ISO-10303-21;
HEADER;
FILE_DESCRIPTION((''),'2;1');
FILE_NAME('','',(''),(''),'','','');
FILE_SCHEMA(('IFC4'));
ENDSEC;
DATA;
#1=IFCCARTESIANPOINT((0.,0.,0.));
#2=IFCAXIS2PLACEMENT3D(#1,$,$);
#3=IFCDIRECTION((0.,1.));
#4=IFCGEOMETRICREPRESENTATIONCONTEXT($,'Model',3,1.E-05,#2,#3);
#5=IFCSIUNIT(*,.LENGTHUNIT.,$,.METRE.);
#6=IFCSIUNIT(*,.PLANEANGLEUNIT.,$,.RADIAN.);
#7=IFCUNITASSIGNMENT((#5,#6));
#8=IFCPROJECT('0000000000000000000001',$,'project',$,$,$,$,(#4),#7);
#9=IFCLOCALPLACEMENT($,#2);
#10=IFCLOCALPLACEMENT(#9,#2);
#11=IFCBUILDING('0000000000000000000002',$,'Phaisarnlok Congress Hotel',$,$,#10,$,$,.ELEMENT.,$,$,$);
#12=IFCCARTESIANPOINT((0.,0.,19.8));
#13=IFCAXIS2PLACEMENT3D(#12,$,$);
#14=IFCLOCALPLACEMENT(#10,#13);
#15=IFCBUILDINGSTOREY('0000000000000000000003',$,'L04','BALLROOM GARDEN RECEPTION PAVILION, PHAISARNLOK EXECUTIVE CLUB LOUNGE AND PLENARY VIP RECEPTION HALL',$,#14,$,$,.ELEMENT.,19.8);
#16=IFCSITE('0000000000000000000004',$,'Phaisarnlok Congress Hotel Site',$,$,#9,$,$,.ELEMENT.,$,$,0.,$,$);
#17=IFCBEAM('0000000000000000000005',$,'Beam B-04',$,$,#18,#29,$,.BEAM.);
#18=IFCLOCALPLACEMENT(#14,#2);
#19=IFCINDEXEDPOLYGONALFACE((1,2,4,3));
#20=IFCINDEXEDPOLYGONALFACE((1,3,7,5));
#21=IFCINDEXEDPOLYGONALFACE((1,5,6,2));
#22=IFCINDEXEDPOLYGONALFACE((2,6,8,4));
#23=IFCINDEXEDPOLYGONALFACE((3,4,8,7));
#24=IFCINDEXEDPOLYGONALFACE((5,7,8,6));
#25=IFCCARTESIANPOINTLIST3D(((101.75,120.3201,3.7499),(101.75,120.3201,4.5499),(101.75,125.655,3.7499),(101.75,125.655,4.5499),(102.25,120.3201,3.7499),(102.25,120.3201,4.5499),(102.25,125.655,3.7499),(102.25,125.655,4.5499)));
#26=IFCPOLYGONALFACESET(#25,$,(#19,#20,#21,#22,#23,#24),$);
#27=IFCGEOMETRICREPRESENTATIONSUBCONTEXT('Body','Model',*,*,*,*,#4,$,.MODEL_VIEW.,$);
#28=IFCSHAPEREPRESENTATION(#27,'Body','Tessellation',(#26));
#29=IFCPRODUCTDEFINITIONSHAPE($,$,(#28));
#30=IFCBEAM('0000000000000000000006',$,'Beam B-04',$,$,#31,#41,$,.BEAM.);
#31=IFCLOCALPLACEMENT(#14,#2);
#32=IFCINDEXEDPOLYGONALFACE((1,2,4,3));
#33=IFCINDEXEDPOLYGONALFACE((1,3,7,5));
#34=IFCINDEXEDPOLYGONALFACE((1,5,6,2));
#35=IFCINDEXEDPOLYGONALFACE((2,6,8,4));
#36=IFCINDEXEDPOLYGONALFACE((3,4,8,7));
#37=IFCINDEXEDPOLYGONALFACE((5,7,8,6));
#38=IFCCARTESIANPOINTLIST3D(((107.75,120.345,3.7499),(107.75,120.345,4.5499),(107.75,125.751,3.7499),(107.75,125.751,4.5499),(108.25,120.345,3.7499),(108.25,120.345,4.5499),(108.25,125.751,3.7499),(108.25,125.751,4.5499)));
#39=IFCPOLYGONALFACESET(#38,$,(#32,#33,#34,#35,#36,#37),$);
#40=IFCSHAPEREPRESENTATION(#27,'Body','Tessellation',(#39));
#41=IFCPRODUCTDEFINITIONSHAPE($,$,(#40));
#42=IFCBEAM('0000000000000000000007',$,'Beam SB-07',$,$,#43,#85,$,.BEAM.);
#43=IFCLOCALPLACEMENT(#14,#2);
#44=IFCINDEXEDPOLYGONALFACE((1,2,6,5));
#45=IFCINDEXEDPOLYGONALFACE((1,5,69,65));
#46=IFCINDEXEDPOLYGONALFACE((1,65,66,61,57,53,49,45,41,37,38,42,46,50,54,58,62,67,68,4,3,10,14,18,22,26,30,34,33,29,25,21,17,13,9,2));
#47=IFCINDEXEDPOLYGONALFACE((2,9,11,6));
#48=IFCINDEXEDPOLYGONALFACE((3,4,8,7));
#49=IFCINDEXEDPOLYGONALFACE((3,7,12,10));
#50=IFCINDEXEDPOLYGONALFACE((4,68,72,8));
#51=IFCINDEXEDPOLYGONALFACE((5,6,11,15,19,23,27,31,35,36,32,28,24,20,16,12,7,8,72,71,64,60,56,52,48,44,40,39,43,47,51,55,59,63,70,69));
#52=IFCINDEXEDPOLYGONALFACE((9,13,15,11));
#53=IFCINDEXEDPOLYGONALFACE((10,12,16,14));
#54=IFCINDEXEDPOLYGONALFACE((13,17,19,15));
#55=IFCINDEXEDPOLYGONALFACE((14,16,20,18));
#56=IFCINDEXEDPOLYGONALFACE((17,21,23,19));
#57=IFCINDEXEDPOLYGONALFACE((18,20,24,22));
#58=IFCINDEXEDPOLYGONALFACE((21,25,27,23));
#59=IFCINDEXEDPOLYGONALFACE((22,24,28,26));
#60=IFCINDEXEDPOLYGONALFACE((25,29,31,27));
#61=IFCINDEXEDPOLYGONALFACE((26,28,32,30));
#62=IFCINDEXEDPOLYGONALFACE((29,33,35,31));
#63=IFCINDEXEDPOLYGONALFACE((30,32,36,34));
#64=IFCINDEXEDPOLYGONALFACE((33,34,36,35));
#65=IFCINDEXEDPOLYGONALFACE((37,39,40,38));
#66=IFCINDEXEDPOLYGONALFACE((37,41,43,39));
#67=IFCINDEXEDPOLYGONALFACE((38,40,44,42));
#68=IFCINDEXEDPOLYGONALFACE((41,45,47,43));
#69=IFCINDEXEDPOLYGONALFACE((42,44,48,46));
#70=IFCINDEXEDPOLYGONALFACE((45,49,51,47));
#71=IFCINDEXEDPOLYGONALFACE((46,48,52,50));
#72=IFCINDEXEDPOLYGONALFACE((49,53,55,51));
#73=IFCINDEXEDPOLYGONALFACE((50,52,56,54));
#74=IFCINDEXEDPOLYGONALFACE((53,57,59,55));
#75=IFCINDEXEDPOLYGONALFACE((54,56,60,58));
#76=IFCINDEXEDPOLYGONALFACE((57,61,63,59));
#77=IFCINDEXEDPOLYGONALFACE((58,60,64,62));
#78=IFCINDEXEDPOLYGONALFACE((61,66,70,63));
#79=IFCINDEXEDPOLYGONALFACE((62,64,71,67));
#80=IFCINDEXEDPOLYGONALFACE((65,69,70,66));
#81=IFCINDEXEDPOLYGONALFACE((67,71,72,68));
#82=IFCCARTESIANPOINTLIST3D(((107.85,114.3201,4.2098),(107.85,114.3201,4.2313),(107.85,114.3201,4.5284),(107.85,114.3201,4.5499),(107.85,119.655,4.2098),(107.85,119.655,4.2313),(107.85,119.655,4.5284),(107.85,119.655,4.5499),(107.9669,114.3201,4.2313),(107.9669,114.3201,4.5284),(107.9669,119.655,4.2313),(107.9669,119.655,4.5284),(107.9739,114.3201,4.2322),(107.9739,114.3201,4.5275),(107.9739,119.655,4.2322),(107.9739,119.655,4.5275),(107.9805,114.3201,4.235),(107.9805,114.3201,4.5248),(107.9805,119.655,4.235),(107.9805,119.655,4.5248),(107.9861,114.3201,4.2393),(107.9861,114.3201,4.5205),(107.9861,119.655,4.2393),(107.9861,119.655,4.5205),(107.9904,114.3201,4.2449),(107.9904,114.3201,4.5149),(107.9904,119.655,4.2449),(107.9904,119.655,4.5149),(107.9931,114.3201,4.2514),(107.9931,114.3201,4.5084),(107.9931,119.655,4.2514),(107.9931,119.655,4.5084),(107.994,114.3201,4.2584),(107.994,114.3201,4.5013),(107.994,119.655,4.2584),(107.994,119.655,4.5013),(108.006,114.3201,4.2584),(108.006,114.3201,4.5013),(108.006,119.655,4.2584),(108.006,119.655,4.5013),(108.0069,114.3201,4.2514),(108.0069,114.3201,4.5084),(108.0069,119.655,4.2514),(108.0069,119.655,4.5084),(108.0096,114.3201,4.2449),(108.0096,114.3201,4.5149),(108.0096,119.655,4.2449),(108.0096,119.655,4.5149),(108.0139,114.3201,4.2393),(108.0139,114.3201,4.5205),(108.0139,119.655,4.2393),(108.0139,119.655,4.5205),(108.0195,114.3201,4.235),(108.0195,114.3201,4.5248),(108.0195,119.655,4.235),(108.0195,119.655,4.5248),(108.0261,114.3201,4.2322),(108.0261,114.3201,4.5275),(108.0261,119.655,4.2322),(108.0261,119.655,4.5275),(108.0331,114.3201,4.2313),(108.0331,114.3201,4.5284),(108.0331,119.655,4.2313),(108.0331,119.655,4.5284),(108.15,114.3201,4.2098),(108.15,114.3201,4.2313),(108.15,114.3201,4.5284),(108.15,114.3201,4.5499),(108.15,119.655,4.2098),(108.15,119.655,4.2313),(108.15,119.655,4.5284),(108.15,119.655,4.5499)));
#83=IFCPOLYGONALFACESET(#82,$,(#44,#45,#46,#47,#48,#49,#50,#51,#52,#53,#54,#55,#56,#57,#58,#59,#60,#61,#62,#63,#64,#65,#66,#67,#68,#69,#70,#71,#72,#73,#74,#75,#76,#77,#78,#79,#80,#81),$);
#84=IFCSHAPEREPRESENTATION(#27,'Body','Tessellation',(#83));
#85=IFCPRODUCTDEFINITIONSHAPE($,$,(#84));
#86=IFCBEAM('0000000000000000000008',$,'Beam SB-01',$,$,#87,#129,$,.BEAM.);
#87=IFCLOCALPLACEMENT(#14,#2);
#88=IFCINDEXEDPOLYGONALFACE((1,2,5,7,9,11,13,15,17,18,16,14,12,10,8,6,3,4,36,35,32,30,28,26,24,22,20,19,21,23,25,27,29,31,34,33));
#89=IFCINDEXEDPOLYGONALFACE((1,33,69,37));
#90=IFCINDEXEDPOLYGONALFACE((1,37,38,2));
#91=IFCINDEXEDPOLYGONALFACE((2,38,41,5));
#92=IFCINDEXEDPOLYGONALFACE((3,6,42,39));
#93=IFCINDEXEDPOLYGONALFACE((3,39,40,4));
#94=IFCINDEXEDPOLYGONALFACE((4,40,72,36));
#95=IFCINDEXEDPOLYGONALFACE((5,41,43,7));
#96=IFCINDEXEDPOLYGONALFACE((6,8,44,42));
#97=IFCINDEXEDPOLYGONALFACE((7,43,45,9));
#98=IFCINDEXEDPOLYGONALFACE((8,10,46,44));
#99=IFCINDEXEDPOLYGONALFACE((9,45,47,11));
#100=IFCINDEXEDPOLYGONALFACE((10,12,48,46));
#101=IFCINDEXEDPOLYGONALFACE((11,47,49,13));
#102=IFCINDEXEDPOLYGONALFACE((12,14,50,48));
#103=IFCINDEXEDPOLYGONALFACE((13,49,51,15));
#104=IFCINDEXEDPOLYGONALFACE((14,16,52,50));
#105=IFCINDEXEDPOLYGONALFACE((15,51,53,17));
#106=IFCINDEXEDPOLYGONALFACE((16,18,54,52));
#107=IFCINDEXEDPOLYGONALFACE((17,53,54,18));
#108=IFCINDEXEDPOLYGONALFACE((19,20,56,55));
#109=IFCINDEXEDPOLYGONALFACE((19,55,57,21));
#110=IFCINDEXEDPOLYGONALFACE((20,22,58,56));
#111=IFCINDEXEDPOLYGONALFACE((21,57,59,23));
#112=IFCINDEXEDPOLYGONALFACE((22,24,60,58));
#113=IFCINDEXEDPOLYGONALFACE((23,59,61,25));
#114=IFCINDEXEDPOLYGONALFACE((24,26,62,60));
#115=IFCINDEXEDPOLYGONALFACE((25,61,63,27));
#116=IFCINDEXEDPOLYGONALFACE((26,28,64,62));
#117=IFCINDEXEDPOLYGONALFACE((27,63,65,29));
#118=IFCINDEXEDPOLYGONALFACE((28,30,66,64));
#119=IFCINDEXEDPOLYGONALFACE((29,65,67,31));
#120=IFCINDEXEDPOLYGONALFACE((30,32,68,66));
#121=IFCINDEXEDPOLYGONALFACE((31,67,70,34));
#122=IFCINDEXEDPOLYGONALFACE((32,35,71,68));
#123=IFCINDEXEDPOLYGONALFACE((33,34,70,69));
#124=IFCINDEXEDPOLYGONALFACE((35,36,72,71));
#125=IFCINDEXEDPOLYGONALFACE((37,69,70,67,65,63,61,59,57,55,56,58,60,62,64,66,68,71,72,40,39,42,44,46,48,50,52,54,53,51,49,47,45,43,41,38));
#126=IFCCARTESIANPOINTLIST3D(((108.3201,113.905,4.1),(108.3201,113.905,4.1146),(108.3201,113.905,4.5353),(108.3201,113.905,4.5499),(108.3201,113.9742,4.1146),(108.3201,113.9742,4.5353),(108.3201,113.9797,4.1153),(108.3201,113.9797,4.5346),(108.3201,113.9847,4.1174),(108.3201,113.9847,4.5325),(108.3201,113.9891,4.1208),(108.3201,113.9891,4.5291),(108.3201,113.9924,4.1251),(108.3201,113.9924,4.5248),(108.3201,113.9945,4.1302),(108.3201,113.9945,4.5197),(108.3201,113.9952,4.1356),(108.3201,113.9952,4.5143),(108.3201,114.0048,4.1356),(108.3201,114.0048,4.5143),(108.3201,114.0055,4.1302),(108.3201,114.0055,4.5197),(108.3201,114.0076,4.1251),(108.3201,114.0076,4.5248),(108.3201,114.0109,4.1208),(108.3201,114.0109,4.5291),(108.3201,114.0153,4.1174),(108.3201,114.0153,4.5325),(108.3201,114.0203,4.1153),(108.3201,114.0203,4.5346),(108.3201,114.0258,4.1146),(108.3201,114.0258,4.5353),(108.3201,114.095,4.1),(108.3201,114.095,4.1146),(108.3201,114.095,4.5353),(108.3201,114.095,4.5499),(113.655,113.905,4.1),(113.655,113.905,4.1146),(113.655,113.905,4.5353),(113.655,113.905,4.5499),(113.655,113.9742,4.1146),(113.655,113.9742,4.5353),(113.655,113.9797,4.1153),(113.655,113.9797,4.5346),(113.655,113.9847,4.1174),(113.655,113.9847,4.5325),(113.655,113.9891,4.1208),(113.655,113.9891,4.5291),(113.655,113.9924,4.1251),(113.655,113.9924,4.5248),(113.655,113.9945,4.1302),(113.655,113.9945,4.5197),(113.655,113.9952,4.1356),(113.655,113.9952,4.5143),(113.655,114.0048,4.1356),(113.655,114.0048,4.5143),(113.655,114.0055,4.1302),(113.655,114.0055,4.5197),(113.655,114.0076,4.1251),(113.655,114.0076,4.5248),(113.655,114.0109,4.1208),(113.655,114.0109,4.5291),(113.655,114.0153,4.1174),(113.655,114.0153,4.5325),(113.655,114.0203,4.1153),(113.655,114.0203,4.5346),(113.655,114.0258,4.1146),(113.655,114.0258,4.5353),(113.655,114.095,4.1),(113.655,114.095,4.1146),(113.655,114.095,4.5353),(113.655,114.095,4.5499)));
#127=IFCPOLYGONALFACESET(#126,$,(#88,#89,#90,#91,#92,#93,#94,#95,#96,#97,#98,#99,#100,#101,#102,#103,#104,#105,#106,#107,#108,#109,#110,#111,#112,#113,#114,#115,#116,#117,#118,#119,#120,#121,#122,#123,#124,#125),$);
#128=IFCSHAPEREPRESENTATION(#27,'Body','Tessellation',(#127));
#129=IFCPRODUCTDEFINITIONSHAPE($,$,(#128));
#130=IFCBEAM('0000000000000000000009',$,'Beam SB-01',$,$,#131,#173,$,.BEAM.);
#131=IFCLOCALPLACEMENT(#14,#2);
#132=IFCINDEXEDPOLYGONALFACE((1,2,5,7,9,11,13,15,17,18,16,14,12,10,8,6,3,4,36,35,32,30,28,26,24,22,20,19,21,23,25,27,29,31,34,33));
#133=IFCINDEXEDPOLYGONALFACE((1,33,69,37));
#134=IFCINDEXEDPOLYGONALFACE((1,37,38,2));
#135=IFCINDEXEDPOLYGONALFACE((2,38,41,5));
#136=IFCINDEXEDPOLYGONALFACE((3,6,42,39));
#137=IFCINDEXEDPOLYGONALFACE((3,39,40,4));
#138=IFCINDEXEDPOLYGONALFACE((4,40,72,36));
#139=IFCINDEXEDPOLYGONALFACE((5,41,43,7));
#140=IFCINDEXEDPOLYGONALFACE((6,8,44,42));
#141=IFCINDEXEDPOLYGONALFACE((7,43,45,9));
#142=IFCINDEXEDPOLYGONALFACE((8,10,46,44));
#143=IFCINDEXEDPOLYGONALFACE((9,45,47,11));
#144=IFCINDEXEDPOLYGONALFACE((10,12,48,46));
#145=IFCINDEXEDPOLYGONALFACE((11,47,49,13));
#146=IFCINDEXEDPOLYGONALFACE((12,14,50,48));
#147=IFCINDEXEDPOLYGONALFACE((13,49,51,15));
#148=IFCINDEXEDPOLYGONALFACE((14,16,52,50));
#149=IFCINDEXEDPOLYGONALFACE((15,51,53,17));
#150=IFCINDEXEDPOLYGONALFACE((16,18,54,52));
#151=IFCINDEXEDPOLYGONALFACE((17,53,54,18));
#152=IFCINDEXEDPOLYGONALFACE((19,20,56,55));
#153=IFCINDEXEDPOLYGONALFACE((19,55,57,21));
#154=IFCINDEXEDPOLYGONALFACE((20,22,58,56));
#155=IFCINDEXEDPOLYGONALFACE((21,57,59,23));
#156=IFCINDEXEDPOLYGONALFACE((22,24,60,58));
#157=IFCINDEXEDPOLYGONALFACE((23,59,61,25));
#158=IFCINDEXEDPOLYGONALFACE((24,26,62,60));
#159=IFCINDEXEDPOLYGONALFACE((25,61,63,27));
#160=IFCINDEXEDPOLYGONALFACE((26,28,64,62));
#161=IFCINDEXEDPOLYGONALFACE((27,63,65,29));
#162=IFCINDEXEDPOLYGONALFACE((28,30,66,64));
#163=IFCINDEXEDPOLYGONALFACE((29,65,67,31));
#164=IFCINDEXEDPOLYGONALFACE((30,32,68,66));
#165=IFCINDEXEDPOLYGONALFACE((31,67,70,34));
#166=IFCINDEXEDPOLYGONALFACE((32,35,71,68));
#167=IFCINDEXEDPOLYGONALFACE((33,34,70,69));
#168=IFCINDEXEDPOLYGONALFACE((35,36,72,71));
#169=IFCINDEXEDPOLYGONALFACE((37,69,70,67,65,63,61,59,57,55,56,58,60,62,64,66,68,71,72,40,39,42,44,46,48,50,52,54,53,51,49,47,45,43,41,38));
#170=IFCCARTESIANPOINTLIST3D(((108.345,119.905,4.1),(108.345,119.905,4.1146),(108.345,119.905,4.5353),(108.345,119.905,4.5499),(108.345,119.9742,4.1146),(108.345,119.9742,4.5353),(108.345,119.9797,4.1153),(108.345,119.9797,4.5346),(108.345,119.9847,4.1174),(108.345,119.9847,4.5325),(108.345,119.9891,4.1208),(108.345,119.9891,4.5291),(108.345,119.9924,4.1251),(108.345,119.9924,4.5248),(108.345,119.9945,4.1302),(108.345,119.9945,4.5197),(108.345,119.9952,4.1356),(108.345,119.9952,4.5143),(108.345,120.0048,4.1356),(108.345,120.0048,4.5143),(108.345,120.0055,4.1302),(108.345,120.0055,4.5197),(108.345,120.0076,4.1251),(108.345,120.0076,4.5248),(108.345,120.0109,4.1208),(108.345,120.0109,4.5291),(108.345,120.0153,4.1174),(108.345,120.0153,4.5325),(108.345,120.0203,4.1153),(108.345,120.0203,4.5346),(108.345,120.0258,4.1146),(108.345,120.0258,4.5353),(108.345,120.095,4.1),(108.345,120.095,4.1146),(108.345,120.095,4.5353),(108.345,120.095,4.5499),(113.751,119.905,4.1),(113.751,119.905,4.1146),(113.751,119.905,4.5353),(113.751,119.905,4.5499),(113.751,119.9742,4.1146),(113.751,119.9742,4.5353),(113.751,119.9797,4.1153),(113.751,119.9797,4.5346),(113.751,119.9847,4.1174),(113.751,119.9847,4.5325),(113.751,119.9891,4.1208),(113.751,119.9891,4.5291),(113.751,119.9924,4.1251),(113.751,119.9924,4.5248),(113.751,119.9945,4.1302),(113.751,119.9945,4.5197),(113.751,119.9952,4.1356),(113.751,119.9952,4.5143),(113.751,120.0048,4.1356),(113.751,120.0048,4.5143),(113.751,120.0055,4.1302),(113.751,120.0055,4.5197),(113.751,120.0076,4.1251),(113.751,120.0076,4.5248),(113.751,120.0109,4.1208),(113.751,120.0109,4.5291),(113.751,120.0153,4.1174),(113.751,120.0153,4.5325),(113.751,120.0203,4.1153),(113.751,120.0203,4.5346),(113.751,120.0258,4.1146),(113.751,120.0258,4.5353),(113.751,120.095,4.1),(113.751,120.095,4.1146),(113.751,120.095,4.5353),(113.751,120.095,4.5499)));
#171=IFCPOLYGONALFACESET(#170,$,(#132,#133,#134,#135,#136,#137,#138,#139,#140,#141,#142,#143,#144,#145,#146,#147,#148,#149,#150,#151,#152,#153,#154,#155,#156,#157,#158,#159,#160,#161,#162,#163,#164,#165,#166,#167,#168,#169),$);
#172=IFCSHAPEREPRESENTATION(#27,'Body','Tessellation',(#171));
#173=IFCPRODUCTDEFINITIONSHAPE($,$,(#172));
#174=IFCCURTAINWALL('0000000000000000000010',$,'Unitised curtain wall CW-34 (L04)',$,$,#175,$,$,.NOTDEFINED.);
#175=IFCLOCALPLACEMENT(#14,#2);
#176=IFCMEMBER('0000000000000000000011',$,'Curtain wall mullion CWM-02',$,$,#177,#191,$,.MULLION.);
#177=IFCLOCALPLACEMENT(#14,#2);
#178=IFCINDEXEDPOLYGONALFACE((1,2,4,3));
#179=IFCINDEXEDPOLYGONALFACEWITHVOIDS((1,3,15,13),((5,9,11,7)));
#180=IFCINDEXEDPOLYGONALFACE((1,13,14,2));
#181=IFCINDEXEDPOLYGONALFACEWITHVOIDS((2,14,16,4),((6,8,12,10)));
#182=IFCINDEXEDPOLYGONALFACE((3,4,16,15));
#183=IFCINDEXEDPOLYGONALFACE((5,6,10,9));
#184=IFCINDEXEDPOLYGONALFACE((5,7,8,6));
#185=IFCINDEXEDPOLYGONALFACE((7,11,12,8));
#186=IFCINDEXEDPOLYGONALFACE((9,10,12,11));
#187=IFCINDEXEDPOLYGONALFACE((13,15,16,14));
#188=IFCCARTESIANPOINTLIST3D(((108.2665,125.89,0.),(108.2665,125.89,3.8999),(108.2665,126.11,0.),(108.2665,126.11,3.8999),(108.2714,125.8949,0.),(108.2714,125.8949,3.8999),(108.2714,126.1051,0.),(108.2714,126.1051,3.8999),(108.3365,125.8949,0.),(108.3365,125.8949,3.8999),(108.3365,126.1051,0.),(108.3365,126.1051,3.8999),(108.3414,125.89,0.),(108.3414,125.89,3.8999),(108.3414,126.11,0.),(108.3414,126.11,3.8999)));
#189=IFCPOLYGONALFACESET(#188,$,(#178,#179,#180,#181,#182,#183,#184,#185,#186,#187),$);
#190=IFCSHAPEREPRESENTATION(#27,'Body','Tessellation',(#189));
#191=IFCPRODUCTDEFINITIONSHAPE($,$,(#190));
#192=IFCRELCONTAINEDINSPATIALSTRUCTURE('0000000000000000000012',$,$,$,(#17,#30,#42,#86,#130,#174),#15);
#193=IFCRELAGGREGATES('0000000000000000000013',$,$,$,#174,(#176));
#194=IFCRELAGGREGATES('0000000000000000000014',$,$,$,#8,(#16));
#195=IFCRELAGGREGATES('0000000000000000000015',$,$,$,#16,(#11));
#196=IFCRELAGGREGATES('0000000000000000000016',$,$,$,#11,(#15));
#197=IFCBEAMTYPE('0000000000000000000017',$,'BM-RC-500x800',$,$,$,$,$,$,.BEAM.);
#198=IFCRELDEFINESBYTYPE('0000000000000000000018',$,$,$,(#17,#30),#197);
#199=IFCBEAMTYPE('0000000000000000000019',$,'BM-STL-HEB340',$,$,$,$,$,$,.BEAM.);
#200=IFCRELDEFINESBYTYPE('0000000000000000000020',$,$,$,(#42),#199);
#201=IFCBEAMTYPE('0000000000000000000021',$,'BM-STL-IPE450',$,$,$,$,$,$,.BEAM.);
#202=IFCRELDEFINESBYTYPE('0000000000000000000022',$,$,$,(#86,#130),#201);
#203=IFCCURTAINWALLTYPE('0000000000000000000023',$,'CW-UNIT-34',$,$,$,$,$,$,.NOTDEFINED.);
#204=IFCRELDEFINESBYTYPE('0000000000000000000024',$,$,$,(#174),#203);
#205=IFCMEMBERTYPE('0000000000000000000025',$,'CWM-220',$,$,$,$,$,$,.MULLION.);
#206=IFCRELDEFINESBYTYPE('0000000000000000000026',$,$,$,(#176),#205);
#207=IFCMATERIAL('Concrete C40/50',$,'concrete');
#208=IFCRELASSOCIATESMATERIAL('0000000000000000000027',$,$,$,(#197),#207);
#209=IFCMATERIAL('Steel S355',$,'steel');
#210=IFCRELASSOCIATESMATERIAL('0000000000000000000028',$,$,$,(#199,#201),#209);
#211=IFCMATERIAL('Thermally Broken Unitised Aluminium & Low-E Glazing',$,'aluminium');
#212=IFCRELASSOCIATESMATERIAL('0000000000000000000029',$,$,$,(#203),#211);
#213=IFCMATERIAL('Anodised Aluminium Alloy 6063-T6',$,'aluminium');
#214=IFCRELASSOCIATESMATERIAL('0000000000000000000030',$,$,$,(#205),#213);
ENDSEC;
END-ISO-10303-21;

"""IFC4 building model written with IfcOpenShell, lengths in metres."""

from ifc_helpers import new_model, si_unit, direction, frame, origin, origin_2d, place, context, subcontext, project, spatial, rectangle, hollow_rectangle, i_section, extrude, material, material_profile, profile_set, type_object, element, aggregate, save


model = new_model("IFC4")

# Units and contexts
model_context = context("Model", 3, precision=1e-05, world=origin(), true_north=direction((0.0, 1.0)))
body_context = subcontext(model_context, "Body", "Model", "MODEL_VIEW")
ifc_project = project(units=[si_unit("LENGTHUNIT", "METRE"), si_unit("PLANEANGLEUNIT", "RADIAN")], contexts=[model_context])

# Site, building, storey
site_placement = place(None, origin())
site = spatial("IfcSite", under=ifc_project, at=site_placement, Name="Phaisarnlok Congress Hotel Site", CompositionType="ELEMENT", RefElevation=0.0)
building_placement = place(site_placement, origin())
building = spatial("IfcBuilding", under=site, at=building_placement, Name="Phaisarnlok Congress Hotel", CompositionType="ELEMENT")
storey_placement = place(building_placement, frame((0.0, 0.0, 19.8)))
storey = spatial("IfcBuildingStorey", under=building, at=storey_placement, Name="L04", Description="BALLROOM GARDEN RECEPTION PAVILION, PHAISARNLOK EXECUTIVE CLUB LOUNGE AND PLENARY VIP RECEPTION HALL", CompositionType="ELEMENT", Elevation=19.8)

# Shared definitions
ifc_material_1 = material(Name="Steel S355", Category="steel")

# Beams
ifc_material_2 = material(Name="Concrete C40/50", Category="concrete")
ifc_material_profile_1 = material_profile(ifc_material_2, rectangle(XDim=0.5, YDim=0.8, at=origin_2d()), Name="RC 500x800")
ifc_profile_set_1 = profile_set([ifc_material_profile_1], Name="Concrete C40/50")
beam_type_1 = type_object("IfcBeamType", Name="BM-RC-500x800", PredefinedType="BEAM", material=ifc_profile_set_1)
for number, where, z_axis, x_axis, name in (
    (1, (102.0, 120.3201, 4.1499), (0.0, 1.0, 0.0), (-1.0, 0.0, 0.0), "Beam B-04"),
):
    element("IfcBeam", number, at=place(storey_placement, frame(where, z_axis=z_axis, x_axis=x_axis)), inside=storey, type_object=beam_type_1, Name=name, PredefinedType="BEAM", context=body_context, shape_type="SweptSolid", body=[
        extrude(rectangle(XDim=0.5, YDim=0.8, at=origin_2d()), origin(), (0.0, 0.0, 1.0), 5.335),
    ])
beam_1_placement = place(storey_placement, frame((108.0, 120.345, 4.1499), z_axis=(0.0, 1.0, 0.0), x_axis=(-1.0, 0.0, 0.0)))
element("IfcBeam", 2, at=beam_1_placement, inside=storey, type_object=beam_type_1, Name="Beam B-04", PredefinedType="BEAM", context=body_context, shape_type="SweptSolid", body=[
    extrude(rectangle(XDim=0.5, YDim=0.8, at=origin_2d()), origin(), (0.0, 0.0, 1.0), 5.406),
])
ifc_material_profile_2 = material_profile(ifc_material_1, i_section(OverallWidth=0.3, OverallDepth=0.3401, WebThickness=0.012, FlangeThickness=0.0215, FilletRadius=0.0271, at=origin_2d()), Name="HEB 340")
ifc_profile_set_2 = profile_set([ifc_material_profile_2], Name="Steel S355")
beam_type_2 = type_object("IfcBeamType", Name="BM-STL-HEB340", PredefinedType="BEAM", material=ifc_profile_set_2)
beam_2_placement = place(storey_placement, frame((108.0, 114.3201, 4.3799), z_axis=(0.0, 1.0, 0.0), x_axis=(-1.0, 0.0, 0.0)))
element("IfcBeam", 3, at=beam_2_placement, inside=storey, type_object=beam_type_2, Name="Beam SB-07", PredefinedType="BEAM", context=body_context, shape_type="SweptSolid", body=[
    extrude(i_section(OverallWidth=0.3, OverallDepth=0.3401, WebThickness=0.012, FlangeThickness=0.0215, FilletRadius=0.0271, at=origin_2d()), origin(), (0.0, 0.0, 1.0), 5.335),
])
ifc_material_profile_3 = material_profile(ifc_material_1, i_section(OverallWidth=0.1899, OverallDepth=0.45, WebThickness=0.0095, FlangeThickness=0.0146, FilletRadius=0.021, at=origin_2d()), Name="IPE 450")
ifc_profile_set_3 = profile_set([ifc_material_profile_3], Name="Steel S355")
beam_type_3 = type_object("IfcBeamType", Name="BM-STL-IPE450", PredefinedType="BEAM", material=ifc_profile_set_3)
beam_3_placement = place(storey_placement, frame((108.3201, 114.0, 4.325), z_axis=(1.0, 0.0, 0.0), x_axis=(0.0, 1.0, 0.0)))
element("IfcBeam", 4, at=beam_3_placement, inside=storey, type_object=beam_type_3, Name="Beam SB-01", PredefinedType="BEAM", context=body_context, shape_type="SweptSolid", body=[
    extrude(i_section(OverallWidth=0.1899, OverallDepth=0.45, WebThickness=0.0095, FlangeThickness=0.0146, FilletRadius=0.021, at=origin_2d()), origin(), (0.0, 0.0, 1.0), 5.335),
])
beam_4_placement = place(storey_placement, frame((108.345, 120.0, 4.325), z_axis=(1.0, 0.0, 0.0), x_axis=(0.0, 1.0, 0.0)))
element("IfcBeam", 5, at=beam_4_placement, inside=storey, type_object=beam_type_3, Name="Beam SB-01", PredefinedType="BEAM", context=body_context, shape_type="SweptSolid", body=[
    extrude(i_section(OverallWidth=0.1899, OverallDepth=0.45, WebThickness=0.0095, FlangeThickness=0.0146, FilletRadius=0.021, at=origin_2d()), origin(), (0.0, 0.0, 1.0), 5.406),
])

# Curtain wall, member
ifc_material_3 = material(Name="Thermally Broken Unitised Aluminium & Low-E Glazing", Category="aluminium")
curtain_wall_type_1 = type_object("IfcCurtainWallType", Name="CW-UNIT-34", PredefinedType="NOTDEFINED", material=ifc_material_3)
curtain_wall_1_placement = place(storey_placement, origin())
curtain_wall_1 = element("IfcCurtainWall", 6, at=curtain_wall_1_placement, inside=storey, type_object=curtain_wall_type_1, Name="Unitised curtain wall CW-34 (L04)", PredefinedType="NOTDEFINED")
ifc_material_4 = material(Name="Anodised Aluminium Alloy 6063-T6", Category="aluminium")
ifc_material_profile_4 = material_profile(ifc_material_4, hollow_rectangle(XDim=0.075, YDim=0.22, WallThickness=0.0049, at=origin_2d()), Name="ALU-M 75x220x5")
ifc_profile_set_4 = profile_set([ifc_material_profile_4], Name="Anodised Aluminium Alloy 6063-T6")
member_type_1 = type_object("IfcMemberType", Name="CWM-220", PredefinedType="MULLION", material=ifc_profile_set_4)
member_1_placement = place(storey_placement, frame((108.304, 126.0, 0.0), z_axis=(0.0, 0.0, 1.0), x_axis=(-1.0, 0.0, 0.0)))
member_1 = element("IfcMember", 7, at=member_1_placement, type_object=member_type_1, Name="Curtain wall mullion CWM-02", PredefinedType="MULLION", context=body_context, shape_type="SweptSolid", body=[
    extrude(hollow_rectangle(XDim=0.075, YDim=0.22, WallThickness=0.0049, at=origin_2d()), origin(), (0.0, 0.0, 1.0), 3.8999),
])
aggregate(curtain_wall_1, [member_1])

save(model, "model.ifc")
